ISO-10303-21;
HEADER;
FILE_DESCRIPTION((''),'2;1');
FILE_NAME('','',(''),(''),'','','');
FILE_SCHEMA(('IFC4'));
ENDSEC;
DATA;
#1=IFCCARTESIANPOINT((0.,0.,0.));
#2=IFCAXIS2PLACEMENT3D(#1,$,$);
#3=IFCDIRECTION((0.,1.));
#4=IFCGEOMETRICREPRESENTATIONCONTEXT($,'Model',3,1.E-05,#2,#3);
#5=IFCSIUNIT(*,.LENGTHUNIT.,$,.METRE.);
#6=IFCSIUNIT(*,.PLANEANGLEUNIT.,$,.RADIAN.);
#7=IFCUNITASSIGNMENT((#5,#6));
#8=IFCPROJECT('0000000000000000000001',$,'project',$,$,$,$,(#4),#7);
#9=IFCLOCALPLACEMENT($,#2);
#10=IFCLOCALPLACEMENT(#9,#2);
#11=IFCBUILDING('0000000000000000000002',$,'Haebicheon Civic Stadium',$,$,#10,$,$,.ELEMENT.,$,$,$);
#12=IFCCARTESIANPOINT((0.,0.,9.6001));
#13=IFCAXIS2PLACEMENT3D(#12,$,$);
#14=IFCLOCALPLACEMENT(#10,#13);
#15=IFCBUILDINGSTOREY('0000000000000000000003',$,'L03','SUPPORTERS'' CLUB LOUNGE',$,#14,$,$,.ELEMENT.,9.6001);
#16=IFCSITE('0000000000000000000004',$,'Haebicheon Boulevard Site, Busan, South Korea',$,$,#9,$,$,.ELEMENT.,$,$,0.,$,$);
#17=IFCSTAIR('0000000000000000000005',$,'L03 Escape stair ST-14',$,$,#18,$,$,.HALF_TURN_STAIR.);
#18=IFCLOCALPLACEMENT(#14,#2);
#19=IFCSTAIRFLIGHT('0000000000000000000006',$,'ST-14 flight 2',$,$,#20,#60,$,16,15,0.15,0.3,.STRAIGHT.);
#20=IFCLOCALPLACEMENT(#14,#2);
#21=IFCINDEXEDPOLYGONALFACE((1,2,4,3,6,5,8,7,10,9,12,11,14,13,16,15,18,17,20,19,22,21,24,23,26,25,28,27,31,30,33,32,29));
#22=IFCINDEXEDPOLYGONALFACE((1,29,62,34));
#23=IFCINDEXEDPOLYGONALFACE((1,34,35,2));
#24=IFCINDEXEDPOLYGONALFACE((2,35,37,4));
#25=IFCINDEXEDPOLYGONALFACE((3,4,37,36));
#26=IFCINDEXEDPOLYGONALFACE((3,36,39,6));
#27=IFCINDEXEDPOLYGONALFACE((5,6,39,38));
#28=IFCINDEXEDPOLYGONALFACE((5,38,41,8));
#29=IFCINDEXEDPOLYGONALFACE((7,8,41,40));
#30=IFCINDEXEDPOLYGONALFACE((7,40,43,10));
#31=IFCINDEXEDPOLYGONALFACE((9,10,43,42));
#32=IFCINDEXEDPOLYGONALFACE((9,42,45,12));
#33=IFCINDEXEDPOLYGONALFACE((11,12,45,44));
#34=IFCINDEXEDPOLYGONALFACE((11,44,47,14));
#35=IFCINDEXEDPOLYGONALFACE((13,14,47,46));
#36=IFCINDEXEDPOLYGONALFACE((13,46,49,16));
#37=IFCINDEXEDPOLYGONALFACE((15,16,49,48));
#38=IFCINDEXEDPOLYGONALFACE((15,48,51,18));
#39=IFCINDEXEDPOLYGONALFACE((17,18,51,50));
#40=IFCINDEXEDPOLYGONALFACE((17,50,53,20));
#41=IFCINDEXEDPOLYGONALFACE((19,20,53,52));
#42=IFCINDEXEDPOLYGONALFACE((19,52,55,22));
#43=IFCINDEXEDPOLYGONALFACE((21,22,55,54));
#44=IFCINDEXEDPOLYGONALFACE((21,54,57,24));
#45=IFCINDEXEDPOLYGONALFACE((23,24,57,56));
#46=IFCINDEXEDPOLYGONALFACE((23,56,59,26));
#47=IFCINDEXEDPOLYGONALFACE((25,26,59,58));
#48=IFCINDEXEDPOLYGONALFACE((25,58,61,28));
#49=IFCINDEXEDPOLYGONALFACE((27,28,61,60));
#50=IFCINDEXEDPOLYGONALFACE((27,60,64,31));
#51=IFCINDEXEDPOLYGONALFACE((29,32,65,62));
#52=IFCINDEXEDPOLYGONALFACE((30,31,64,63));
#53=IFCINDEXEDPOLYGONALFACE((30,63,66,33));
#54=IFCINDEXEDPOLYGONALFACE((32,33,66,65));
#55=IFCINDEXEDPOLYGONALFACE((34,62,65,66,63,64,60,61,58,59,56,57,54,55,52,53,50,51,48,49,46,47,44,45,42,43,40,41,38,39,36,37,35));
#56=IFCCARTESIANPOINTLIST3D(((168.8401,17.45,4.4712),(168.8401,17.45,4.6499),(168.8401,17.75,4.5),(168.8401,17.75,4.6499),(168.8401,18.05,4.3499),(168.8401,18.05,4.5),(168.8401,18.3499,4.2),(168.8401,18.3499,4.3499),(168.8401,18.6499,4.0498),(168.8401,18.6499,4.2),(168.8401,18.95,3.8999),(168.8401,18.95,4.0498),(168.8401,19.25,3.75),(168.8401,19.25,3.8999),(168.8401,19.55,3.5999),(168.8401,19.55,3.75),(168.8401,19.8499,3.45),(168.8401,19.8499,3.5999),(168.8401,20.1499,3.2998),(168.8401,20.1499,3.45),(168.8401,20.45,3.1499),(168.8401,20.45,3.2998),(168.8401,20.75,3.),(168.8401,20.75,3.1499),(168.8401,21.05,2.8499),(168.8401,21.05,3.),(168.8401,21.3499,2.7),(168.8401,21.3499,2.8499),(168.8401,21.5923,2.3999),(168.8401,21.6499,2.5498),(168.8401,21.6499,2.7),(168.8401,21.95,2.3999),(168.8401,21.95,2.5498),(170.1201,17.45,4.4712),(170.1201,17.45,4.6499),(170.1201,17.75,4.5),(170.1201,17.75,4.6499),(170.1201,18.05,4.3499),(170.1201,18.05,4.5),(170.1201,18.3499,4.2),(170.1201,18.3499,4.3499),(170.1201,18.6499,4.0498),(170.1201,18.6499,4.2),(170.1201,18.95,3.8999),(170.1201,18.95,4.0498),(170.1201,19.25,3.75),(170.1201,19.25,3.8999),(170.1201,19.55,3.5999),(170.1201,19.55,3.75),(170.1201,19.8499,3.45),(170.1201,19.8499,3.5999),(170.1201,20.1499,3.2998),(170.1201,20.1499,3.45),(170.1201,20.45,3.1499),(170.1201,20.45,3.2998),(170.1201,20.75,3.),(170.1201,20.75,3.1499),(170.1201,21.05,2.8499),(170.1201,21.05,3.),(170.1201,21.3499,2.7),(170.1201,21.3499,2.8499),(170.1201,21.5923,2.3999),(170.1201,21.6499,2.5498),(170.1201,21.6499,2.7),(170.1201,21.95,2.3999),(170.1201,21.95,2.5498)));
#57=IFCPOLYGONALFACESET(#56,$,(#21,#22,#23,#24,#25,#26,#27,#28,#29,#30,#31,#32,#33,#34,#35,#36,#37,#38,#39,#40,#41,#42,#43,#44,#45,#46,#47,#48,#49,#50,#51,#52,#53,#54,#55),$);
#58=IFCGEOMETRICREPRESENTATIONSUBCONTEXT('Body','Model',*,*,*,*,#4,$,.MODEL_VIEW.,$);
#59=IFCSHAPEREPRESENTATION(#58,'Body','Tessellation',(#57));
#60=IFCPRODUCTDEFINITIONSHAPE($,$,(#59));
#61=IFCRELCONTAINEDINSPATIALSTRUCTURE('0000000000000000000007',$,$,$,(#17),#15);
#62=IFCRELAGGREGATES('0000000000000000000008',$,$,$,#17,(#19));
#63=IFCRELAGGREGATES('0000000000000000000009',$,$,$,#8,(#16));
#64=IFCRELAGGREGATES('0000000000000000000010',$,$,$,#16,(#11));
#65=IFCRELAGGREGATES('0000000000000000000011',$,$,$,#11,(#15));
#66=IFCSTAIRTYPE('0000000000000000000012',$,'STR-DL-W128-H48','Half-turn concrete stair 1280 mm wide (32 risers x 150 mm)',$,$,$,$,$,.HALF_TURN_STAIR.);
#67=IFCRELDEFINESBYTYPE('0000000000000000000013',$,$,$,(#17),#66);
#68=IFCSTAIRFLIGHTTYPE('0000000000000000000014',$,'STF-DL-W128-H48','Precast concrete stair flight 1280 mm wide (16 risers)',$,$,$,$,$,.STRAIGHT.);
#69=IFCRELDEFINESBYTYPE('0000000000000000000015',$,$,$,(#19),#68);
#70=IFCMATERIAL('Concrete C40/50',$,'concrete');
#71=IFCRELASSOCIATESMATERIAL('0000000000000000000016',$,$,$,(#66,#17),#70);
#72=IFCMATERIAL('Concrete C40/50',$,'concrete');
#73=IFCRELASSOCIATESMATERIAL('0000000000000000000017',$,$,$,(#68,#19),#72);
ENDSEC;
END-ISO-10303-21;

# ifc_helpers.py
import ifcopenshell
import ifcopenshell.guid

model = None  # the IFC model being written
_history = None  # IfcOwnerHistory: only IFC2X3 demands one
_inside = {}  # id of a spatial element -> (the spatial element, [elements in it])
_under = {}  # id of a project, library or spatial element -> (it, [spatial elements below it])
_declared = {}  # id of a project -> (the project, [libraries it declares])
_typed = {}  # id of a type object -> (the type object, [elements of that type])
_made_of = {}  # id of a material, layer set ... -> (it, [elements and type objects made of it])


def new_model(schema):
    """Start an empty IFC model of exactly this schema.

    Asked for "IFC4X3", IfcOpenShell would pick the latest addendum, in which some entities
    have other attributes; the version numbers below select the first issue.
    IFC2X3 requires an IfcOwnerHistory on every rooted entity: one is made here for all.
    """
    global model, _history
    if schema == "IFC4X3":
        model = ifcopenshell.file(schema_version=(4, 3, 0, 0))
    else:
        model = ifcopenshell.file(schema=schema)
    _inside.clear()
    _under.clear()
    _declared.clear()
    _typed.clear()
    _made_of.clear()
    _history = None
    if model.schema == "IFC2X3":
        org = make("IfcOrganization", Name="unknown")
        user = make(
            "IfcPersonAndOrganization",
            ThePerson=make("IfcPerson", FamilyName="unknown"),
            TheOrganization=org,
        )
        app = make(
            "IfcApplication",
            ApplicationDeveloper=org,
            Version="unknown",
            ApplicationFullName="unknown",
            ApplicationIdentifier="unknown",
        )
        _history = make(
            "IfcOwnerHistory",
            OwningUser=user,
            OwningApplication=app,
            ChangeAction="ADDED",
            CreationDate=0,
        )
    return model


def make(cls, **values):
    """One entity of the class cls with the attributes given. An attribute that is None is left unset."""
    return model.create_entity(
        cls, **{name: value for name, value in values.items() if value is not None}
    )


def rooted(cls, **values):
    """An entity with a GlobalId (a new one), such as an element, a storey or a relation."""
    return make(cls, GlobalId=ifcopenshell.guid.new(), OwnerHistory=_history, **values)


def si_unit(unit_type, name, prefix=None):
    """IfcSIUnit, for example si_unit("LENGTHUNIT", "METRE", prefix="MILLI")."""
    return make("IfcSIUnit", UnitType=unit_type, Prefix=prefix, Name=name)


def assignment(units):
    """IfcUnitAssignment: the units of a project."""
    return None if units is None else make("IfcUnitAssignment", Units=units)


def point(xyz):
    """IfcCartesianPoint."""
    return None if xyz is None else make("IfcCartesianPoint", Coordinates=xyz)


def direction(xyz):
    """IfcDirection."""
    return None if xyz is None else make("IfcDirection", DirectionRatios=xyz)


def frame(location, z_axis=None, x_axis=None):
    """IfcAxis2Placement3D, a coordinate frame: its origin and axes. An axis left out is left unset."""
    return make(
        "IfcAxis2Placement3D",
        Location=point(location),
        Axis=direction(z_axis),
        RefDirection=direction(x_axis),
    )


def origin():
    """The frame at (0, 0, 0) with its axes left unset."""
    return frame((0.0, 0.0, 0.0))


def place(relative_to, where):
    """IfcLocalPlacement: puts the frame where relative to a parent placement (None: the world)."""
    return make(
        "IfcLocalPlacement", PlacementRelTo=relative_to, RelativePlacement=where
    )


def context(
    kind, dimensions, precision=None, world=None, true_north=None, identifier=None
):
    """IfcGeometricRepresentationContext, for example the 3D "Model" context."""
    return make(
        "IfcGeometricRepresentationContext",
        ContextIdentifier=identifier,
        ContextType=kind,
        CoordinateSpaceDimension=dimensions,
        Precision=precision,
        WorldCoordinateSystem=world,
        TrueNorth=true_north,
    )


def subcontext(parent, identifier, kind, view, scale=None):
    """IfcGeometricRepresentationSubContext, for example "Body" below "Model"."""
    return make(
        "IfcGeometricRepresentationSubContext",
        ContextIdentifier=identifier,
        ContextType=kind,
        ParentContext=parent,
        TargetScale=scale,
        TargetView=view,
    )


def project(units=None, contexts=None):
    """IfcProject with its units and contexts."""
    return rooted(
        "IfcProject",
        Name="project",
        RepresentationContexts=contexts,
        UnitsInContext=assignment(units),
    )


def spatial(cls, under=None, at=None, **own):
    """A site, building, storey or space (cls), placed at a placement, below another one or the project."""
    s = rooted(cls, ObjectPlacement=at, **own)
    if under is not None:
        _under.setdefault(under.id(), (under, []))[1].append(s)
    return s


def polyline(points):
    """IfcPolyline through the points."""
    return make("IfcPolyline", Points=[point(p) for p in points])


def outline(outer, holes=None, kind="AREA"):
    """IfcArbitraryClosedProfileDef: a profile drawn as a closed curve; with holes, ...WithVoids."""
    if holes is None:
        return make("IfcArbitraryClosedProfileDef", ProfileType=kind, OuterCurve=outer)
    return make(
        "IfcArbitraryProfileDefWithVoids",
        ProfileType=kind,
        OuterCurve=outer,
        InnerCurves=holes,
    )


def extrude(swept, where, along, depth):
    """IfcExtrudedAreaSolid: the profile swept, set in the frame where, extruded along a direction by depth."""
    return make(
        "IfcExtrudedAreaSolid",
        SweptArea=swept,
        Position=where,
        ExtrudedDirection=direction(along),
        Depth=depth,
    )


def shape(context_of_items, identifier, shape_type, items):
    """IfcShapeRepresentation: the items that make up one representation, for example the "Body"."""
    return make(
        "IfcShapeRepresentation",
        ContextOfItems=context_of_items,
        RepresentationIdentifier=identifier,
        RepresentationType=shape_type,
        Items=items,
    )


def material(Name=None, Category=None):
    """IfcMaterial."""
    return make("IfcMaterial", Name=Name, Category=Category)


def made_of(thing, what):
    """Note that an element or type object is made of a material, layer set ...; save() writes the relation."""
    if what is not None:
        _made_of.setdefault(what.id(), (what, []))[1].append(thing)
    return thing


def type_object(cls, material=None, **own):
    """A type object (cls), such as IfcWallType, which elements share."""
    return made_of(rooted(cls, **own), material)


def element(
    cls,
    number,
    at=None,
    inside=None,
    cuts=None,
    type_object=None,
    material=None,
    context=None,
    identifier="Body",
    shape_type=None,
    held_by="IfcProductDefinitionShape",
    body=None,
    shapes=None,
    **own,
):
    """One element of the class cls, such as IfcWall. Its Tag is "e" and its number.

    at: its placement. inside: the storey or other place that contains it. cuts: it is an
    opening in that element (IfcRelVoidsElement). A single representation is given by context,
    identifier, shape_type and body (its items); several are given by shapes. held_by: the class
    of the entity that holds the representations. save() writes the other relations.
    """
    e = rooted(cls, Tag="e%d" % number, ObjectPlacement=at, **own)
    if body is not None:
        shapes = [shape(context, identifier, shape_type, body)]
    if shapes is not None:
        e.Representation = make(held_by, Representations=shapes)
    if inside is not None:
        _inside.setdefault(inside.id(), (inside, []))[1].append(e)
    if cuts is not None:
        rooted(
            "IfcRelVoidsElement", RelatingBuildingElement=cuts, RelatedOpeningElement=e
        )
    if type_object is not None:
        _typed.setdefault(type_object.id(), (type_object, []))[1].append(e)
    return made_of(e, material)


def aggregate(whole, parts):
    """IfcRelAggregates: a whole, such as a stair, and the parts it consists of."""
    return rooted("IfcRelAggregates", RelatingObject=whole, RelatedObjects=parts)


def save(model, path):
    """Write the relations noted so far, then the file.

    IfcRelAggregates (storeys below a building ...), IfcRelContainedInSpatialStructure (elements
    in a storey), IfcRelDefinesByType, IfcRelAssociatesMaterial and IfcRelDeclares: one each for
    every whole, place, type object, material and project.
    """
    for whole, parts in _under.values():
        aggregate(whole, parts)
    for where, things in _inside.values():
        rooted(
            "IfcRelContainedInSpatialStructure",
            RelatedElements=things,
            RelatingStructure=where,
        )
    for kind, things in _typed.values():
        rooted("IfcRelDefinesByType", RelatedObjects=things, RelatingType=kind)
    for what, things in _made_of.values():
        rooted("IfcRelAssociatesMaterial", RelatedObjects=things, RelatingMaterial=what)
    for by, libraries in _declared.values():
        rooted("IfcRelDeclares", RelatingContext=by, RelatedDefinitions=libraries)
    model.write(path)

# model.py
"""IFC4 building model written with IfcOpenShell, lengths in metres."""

from ifc_helpers import new_model, si_unit, direction, frame, origin, place, context, subcontext, project, spatial, polyline, outline, extrude, material, type_object, element, aggregate, save


model = new_model("IFC4")

# Units and contexts
model_context = context("Model", 3, precision=1e-05, world=origin(), true_north=direction((0.0, 1.0)))
body_context = subcontext(model_context, "Body", "Model", "MODEL_VIEW")
ifc_project = project(units=[si_unit("LENGTHUNIT", "METRE"), si_unit("PLANEANGLEUNIT", "RADIAN")], contexts=[model_context])

# Site, building, storey
site_placement = place(None, origin())
site = spatial("IfcSite", under=ifc_project, at=site_placement, Name="Haebicheon Boulevard Site, Busan, South Korea", CompositionType="ELEMENT", RefElevation=0.0)
building_placement = place(site_placement, origin())
building = spatial("IfcBuilding", under=site, at=building_placement, Name="Haebicheon Civic Stadium", CompositionType="ELEMENT")
storey_placement = place(building_placement, frame((0.0, 0.0, 9.6001)))
storey = spatial("IfcBuildingStorey", under=building, at=storey_placement, Name="L03", Description="SUPPORTERS' CLUB LOUNGE", CompositionType="ELEMENT", Elevation=9.6001)

# Stair, stair flight
ifc_material_1 = material(Name="Concrete C40/50", Category="concrete")
stair_type = type_object("IfcStairType", Name="STR-DL-W128-H48", Description="Half-turn concrete stair 1280 mm wide (32 risers x 150 mm)", PredefinedType="HALF_TURN_STAIR", material=ifc_material_1)
stair_placement = place(storey_placement, origin())
stair = element("IfcStair", 1, at=stair_placement, inside=storey, type_object=stair_type, material=ifc_material_1, Name="L03 Escape stair ST-14", PredefinedType="HALF_TURN_STAIR")
ifc_material_2 = material(Name="Concrete C40/50", Category="concrete")
stair_flight_type = type_object("IfcStairFlightType", Name="STF-DL-W128-H48", Description="Precast concrete stair flight 1280 mm wide (16 risers)", PredefinedType="STRAIGHT", material=ifc_material_2)
stair_flight_1_placement = place(storey_placement, frame((169.48, 21.95, 2.3999), z_axis=(0.0, 0.0, 1.0), x_axis=(0.0, -1.0, 0.0)))
stair_flight_1 = element("IfcStairFlight", 2, at=stair_flight_1_placement, type_object=stair_flight_type, material=ifc_material_2, Name="ST-14 flight 2", NumberOfRisers=16, NumberOfTreads=15, PredefinedType="STRAIGHT", RiserHeight=0.15, TreadLength=0.3, context=body_context, shape_type="SweptSolid", body=[
    extrude(outline(polyline([(0.0, 0.0), (0.0, 0.1499), (0.3, 0.1499), (0.3, 0.3), (0.6001, 0.3), (0.6001, 0.45), (0.8999, 0.45), (0.8999, 0.6001), (1.2, 0.6001), (1.2, 0.75), (1.5, 0.75), (1.5, 0.8999), (1.8, 0.8999), (1.8, 1.05), (2.1001, 1.05), (2.1001, 1.2), (2.3999, 1.2), (2.3999, 1.3501), (2.7, 1.3501), (2.7, 1.5), (3.0, 1.5), (3.0, 1.6499), (3.3, 1.6499), (3.3, 1.8), (3.6001, 1.8), (3.6001, 1.95), (3.8999, 1.95), (3.8999, 2.1001), (4.2, 2.1001), (4.2, 2.25), (4.5, 2.25), (4.5, 2.3999), (4.5, 2.0713), (0.3577, 0.0), (0.0, 0.0)])), frame((0.0, 0.6401, 0.0), z_axis=(0.0, -1.0, 0.0), x_axis=(1.0, 0.0, 0.0)), (0.0, 0.0, 1.0), 1.28),
])
aggregate(stair, [stair_flight_1])

save(model, "model.ifc")
